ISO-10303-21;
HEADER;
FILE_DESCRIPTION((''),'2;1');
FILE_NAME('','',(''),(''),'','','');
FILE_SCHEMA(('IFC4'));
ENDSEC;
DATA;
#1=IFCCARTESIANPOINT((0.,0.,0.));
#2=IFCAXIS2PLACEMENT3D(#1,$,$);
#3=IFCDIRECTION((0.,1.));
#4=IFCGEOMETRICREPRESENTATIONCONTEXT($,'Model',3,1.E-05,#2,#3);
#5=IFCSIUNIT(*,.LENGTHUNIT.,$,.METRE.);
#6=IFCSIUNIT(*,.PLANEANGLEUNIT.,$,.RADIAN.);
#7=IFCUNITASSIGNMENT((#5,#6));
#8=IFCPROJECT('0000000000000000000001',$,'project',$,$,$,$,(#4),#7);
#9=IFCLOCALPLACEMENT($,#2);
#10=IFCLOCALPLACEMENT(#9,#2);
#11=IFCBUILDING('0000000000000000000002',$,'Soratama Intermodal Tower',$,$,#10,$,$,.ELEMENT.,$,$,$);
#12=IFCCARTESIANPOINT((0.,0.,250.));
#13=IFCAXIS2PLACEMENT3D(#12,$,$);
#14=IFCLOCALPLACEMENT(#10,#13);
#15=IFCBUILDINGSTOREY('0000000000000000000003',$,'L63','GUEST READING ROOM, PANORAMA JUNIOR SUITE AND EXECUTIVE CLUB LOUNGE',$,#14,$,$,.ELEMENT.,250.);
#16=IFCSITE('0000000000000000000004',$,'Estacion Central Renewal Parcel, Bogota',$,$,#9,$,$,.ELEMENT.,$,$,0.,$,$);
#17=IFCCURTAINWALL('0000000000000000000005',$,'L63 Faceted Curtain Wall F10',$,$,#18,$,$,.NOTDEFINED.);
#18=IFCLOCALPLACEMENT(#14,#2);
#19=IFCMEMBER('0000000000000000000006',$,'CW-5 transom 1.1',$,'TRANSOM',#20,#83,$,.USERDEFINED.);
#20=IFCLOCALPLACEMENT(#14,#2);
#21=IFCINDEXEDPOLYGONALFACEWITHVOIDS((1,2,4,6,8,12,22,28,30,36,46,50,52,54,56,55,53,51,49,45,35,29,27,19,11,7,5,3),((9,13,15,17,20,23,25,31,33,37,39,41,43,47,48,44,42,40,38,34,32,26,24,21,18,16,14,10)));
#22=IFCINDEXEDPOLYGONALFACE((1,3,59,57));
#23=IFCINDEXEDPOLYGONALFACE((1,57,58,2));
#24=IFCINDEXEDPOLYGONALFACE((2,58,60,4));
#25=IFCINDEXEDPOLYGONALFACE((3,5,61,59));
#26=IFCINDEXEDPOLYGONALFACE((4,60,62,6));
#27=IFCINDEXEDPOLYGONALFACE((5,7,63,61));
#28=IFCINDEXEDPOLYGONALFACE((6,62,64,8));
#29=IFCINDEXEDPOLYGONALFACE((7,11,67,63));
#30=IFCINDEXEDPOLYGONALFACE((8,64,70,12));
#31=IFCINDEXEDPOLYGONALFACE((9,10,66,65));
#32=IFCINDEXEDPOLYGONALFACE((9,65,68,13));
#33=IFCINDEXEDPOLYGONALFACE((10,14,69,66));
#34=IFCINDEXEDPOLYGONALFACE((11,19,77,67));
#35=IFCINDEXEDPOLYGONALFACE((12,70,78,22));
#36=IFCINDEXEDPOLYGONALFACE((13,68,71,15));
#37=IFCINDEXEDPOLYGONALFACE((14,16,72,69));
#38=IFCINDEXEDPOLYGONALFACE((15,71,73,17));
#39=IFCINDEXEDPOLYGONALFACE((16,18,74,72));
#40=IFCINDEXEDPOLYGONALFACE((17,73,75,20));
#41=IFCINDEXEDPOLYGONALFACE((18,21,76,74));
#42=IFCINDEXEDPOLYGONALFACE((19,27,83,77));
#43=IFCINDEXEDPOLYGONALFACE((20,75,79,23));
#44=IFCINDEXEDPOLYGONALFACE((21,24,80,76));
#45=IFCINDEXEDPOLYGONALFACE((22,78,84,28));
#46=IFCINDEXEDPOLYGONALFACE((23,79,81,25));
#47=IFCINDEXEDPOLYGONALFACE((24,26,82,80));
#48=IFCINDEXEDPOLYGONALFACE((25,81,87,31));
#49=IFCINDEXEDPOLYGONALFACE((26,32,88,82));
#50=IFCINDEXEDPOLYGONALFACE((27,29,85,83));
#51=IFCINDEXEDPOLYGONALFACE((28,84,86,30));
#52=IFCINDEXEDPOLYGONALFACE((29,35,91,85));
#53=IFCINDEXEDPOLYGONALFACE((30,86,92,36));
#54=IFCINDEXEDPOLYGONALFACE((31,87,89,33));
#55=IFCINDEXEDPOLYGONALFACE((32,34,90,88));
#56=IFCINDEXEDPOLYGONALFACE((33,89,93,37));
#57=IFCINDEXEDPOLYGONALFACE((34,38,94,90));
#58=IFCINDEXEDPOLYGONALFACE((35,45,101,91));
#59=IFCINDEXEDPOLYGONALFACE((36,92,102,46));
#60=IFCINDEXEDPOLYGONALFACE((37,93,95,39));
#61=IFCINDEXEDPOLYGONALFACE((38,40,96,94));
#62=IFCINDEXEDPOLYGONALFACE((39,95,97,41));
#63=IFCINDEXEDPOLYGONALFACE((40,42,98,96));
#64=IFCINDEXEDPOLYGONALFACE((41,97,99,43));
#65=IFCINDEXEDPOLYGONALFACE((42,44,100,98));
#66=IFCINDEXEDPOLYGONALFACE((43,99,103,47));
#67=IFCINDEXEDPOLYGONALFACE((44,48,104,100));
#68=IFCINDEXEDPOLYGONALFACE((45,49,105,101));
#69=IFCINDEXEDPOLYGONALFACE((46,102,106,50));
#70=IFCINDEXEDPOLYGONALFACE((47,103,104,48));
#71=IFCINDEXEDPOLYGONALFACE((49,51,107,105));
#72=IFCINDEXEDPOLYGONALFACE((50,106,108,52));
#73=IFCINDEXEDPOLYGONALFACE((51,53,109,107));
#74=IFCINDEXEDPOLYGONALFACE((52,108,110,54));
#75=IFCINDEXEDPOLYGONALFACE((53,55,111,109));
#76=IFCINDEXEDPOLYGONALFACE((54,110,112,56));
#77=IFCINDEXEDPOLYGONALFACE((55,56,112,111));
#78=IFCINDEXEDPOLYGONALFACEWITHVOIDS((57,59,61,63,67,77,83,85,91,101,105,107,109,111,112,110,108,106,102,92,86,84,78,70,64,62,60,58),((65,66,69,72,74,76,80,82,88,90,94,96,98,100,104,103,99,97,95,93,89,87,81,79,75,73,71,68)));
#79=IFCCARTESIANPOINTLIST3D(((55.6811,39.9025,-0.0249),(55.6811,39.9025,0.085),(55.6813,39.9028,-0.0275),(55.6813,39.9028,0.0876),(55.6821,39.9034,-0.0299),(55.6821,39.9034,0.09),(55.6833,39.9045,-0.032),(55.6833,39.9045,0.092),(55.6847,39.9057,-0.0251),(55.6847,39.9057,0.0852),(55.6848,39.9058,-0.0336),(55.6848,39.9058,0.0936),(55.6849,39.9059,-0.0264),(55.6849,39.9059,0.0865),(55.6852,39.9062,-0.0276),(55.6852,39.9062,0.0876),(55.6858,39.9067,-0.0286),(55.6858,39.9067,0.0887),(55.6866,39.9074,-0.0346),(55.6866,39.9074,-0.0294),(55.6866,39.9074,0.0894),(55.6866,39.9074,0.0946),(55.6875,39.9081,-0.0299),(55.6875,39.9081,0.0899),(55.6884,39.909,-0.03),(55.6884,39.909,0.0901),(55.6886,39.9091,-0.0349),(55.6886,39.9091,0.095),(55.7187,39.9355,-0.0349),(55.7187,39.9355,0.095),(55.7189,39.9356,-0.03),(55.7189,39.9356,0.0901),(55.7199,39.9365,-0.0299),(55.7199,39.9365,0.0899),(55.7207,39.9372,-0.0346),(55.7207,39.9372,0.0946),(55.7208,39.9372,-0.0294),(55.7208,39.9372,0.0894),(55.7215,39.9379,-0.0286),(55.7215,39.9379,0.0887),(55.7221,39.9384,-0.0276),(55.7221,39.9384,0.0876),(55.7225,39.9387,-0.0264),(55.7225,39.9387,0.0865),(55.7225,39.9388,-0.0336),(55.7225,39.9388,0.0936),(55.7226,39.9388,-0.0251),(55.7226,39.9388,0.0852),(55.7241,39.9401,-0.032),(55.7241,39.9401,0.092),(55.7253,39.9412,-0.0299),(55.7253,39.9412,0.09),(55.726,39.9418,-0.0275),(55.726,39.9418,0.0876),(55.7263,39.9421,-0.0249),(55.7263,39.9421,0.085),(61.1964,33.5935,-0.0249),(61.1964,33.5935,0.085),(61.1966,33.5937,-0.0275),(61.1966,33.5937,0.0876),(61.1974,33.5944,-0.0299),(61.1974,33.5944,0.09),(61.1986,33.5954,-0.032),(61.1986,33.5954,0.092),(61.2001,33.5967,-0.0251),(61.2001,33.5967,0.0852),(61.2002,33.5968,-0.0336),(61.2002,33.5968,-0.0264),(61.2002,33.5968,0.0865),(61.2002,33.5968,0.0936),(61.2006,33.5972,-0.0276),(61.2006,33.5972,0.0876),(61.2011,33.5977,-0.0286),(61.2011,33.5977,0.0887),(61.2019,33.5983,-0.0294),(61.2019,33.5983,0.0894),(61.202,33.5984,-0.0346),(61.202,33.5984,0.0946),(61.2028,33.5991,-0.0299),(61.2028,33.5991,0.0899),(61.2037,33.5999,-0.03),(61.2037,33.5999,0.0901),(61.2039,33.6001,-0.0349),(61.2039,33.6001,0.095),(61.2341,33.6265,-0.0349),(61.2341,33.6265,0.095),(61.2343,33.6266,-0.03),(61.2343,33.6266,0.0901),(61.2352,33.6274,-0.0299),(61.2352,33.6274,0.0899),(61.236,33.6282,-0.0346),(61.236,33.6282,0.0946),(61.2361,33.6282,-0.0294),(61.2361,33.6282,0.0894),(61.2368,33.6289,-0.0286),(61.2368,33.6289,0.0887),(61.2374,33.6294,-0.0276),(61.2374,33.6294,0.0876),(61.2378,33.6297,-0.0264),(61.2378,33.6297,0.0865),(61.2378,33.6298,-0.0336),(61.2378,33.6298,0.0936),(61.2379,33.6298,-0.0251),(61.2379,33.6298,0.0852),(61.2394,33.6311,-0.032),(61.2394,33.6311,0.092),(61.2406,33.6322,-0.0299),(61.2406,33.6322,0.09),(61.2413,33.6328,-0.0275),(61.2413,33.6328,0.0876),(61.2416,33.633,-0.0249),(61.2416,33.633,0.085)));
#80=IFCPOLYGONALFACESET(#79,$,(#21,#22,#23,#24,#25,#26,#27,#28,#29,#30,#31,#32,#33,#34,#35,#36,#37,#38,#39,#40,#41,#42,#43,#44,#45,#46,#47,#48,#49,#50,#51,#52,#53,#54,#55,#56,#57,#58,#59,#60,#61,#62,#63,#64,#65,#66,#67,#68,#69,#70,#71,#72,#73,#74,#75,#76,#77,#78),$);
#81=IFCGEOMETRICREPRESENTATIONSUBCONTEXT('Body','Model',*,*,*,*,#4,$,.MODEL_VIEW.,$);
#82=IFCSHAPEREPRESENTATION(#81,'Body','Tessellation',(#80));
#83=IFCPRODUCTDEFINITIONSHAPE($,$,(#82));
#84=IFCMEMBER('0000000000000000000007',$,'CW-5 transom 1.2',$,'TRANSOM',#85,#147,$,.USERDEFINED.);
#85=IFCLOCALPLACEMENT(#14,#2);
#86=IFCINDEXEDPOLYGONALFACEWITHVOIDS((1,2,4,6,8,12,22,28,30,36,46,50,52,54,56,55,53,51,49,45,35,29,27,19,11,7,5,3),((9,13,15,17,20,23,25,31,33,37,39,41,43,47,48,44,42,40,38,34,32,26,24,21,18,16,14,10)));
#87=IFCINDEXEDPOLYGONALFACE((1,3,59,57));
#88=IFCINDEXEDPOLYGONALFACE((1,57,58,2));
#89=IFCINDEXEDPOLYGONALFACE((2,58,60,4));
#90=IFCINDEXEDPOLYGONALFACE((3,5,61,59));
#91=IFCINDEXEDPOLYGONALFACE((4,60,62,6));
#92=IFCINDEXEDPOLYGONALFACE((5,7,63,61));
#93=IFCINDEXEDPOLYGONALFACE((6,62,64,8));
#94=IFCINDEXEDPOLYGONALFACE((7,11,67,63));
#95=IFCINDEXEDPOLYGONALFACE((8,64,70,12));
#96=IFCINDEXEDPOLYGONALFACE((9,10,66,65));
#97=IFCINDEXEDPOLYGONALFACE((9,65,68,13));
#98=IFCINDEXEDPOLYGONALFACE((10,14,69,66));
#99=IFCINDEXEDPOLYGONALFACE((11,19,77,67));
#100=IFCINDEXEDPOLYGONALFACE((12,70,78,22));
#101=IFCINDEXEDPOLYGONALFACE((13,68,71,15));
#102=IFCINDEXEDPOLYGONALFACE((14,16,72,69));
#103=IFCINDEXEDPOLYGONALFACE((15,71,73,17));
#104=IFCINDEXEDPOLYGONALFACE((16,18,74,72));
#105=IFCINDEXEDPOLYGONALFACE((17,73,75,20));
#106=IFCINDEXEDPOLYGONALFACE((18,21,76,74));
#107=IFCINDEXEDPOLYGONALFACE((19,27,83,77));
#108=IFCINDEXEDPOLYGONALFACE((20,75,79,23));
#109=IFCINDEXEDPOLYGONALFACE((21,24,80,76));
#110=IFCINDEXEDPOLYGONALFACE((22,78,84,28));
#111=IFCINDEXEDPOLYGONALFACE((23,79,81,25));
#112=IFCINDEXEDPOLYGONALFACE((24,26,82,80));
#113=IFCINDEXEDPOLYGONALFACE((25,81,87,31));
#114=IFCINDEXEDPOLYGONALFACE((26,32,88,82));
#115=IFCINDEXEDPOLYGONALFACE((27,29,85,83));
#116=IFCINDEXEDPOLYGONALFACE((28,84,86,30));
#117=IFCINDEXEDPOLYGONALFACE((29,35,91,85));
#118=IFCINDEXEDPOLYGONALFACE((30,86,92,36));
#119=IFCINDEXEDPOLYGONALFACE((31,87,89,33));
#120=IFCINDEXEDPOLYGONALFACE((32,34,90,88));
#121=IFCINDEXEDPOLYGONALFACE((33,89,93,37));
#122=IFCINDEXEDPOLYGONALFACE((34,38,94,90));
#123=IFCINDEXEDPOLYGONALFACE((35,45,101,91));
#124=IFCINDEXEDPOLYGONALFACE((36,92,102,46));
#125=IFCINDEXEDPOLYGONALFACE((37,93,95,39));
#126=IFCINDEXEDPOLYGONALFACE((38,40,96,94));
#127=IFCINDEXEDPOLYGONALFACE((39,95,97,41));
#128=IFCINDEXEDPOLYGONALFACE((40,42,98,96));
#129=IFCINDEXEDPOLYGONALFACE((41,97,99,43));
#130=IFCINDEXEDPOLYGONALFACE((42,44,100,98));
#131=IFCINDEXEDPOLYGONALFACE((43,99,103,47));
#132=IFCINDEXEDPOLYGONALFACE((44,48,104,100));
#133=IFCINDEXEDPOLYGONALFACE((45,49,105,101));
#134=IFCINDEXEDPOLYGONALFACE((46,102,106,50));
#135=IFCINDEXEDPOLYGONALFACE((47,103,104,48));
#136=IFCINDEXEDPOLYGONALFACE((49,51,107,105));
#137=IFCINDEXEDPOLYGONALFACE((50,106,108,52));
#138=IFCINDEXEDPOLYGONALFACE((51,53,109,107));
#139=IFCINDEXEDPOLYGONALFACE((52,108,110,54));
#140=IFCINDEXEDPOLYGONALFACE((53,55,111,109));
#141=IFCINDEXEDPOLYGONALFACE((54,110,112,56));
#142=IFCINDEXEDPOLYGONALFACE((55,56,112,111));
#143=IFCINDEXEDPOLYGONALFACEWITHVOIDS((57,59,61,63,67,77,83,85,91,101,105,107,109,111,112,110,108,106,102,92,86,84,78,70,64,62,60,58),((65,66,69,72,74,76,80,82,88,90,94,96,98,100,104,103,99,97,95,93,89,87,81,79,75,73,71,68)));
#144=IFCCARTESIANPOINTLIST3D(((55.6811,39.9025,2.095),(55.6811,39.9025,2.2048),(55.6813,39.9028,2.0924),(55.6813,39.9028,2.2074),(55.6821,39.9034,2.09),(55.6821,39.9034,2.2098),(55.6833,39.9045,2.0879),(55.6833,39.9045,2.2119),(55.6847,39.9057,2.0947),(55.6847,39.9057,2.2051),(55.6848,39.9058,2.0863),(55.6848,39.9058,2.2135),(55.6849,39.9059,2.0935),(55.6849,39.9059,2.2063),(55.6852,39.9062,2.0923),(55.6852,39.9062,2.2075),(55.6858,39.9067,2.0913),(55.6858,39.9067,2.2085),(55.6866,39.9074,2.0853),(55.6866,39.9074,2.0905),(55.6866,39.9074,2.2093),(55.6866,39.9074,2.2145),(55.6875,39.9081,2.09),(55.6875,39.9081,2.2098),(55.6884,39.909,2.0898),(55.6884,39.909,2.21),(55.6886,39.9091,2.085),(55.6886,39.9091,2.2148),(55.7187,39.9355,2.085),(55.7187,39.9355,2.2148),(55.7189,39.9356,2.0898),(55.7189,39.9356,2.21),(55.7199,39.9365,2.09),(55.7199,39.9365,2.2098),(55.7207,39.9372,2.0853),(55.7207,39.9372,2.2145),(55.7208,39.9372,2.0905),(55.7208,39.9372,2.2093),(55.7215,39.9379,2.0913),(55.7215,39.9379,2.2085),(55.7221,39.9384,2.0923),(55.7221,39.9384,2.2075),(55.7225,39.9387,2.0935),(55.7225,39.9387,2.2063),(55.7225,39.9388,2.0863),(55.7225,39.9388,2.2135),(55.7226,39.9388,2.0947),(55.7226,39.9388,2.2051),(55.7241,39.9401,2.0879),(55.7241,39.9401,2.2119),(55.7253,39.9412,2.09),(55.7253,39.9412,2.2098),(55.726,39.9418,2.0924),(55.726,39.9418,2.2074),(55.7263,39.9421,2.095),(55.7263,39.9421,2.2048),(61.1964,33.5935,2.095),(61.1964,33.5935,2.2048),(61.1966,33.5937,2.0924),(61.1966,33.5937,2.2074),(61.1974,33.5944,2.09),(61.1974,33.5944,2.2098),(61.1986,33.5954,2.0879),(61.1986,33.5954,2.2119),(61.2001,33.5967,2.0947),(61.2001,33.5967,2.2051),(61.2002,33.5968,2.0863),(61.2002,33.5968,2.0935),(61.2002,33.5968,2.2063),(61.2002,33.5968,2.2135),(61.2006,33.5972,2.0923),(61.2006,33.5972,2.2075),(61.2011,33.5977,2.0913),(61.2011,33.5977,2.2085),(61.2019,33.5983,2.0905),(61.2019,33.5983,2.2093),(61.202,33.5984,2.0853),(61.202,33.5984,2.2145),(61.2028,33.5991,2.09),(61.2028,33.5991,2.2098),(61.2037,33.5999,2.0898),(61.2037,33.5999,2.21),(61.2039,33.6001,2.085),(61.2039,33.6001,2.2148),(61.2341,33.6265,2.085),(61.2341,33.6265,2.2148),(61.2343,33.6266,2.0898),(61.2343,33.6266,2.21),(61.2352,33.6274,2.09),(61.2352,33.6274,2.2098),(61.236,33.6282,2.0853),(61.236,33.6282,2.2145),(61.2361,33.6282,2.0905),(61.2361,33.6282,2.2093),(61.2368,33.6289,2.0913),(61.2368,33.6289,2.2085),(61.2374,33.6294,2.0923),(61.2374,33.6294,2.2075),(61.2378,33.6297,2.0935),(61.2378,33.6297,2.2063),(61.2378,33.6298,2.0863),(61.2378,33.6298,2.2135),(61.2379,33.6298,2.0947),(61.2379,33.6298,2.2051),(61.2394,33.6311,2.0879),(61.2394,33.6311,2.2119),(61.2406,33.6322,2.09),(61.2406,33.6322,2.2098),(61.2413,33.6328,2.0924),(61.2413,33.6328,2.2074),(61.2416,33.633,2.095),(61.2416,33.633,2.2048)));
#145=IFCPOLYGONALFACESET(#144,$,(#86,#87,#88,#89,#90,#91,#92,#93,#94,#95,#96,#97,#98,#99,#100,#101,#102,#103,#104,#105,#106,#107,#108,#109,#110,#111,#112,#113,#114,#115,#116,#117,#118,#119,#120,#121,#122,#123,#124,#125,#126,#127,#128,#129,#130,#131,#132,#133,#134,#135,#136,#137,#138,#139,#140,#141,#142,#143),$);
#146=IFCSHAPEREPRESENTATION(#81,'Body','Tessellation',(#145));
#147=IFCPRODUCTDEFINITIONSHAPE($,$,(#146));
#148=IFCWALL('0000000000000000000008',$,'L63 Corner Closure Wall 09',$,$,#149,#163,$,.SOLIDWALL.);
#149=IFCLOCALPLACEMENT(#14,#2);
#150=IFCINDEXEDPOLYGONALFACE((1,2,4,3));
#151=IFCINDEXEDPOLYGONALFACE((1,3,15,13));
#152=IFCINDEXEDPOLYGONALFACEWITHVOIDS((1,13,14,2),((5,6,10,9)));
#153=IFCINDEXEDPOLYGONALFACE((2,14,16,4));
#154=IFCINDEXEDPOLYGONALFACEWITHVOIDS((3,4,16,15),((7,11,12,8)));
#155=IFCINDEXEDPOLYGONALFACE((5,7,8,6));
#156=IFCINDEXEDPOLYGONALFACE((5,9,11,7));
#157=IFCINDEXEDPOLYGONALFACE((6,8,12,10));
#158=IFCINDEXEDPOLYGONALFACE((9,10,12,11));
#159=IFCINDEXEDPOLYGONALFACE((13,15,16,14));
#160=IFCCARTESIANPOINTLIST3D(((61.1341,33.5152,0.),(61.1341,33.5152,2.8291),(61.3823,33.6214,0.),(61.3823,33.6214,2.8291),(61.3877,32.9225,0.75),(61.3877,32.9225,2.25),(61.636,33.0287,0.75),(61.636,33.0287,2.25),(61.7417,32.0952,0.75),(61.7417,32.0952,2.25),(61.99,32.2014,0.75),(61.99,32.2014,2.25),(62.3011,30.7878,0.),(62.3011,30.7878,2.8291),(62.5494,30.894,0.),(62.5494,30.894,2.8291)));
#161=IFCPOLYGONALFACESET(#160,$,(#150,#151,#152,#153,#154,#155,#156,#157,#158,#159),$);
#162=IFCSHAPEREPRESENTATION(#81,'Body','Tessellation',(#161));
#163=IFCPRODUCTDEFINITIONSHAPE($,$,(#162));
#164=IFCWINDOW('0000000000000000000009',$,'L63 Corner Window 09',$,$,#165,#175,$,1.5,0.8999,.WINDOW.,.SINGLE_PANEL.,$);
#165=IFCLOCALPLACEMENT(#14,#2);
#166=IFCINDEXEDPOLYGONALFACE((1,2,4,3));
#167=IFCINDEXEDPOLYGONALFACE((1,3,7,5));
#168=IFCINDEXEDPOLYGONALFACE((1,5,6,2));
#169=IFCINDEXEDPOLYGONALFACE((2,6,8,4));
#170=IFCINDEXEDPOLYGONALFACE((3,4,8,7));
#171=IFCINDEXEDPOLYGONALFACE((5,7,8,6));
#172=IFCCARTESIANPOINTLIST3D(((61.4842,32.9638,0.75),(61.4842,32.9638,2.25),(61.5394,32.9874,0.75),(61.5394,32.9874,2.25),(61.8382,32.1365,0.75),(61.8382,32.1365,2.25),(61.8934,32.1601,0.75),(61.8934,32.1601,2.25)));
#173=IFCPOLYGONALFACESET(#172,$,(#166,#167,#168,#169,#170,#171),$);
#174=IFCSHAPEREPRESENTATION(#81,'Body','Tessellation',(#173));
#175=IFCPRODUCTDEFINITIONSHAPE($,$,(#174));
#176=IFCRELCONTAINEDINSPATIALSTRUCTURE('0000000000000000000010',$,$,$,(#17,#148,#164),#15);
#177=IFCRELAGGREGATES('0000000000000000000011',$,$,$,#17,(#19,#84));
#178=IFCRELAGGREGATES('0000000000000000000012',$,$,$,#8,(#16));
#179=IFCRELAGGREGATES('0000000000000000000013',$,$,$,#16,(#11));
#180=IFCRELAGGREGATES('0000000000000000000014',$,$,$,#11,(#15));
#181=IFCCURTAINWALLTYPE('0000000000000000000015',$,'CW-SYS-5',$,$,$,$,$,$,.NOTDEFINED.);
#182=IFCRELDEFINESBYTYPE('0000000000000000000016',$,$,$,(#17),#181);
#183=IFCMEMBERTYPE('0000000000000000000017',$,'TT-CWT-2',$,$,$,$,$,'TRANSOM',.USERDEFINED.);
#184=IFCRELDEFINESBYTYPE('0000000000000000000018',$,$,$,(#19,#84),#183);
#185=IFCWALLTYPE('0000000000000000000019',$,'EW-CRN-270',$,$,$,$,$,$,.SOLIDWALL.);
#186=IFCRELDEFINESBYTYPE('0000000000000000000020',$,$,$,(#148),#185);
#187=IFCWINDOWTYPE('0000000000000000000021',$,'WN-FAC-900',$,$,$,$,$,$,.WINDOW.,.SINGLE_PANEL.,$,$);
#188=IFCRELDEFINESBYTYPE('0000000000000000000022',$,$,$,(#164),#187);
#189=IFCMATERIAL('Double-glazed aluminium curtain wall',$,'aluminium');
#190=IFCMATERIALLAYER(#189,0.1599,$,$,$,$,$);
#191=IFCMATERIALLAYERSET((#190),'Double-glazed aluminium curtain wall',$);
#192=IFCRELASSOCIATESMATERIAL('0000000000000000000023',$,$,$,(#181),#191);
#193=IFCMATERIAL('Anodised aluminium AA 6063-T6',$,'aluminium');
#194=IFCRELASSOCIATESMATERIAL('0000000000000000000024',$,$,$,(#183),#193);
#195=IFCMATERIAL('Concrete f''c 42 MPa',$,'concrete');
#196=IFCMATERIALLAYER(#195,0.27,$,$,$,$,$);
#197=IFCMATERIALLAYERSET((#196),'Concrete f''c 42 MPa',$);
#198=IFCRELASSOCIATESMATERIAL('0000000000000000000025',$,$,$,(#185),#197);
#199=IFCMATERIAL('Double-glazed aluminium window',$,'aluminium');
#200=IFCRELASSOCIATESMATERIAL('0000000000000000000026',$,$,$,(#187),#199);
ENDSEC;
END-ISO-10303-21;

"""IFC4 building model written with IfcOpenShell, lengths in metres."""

from ifc_helpers import new_model, si_unit, direction, frame, frame_2d, origin, origin_2d, place, context, subcontext, project, spatial, rectangle, hollow_rectangle, extrude, material, layer, layer_set, material_profile, profile_set, type_object, element, fill, aggregate, save


model = new_model("IFC4")

# Units and contexts
model_context = context("Model", 3, precision=1e-05, world=origin(), true_north=direction((0.0, 1.0)))
body_context = subcontext(model_context, "Body", "Model", "MODEL_VIEW")
ifc_project = project(units=[si_unit("LENGTHUNIT", "METRE"), si_unit("PLANEANGLEUNIT", "RADIAN")], contexts=[model_context])

# Site, building, storey
site_placement = place(None, origin())
site = spatial("IfcSite", under=ifc_project, at=site_placement, Name="Estacion Central Renewal Parcel, Bogota", CompositionType="ELEMENT", RefElevation=0.0)
building_placement = place(site_placement, origin())
building = spatial("IfcBuilding", under=site, at=building_placement, Name="Soratama Intermodal Tower", CompositionType="ELEMENT")
storey_placement = place(building_placement, frame((0.0, 0.0, 250.0)))
storey = spatial("IfcBuildingStorey", under=building, at=storey_placement, Name="L63", Description="GUEST READING ROOM, PANORAMA JUNIOR SUITE AND EXECUTIVE CLUB LOUNGE", CompositionType="ELEMENT", Elevation=250.0)

# Curtain wall, members
ifc_material_1 = material(Name="Double-glazed aluminium curtain wall", Category="aluminium")
ifc_layer_1 = layer(ifc_material_1, 0.1599)
ifc_layer_set_1 = layer_set([ifc_layer_1], Name="Double-glazed aluminium curtain wall")
curtain_wall_type = type_object("IfcCurtainWallType", Name="CW-SYS-5", PredefinedType="NOTDEFINED", material=ifc_layer_set_1)
curtain_wall_placement = place(storey_placement, origin())
curtain_wall = element("IfcCurtainWall", 1, at=curtain_wall_placement, inside=storey, type_object=curtain_wall_type, Name="L63 Faceted Curtain Wall F10", PredefinedType="NOTDEFINED")
ifc_material_2 = material(Name="Anodised aluminium AA 6063-T6", Category="aluminium")
ifc_material_profile_1 = material_profile(ifc_material_2, hollow_rectangle(XDim=0.0601, YDim=0.1299, WallThickness=0.0049, InnerFilletRadius=0.0049, OuterFilletRadius=0.01, at=origin_2d()), Name="CWT130X60X5")
ifc_profile_set_1 = profile_set([ifc_material_profile_1], Name="Anodised aluminium AA 6063-T6")
member_type_1 = type_object("IfcMemberType", Name="TT-CWT-2", ElementType="TRANSOM", PredefinedType="USERDEFINED", material=ifc_profile_set_1)
member_1_placement = place(storey_placement, frame((61.219, 33.6133, 0.03), z_axis=(-0.658162, 0.752876, 0.0), x_axis=(-0.752876, -0.658162, 0.0)))
member_1 = element("IfcMember", 2, at=member_1_placement, type_object=member_type_1, Name="CW-5 transom 1.1", ObjectType="TRANSOM", PredefinedType="USERDEFINED", context=body_context, shape_type="SweptSolid", body=[
    extrude(hollow_rectangle(XDim=0.0601, YDim=0.1299, WallThickness=0.0049, InnerFilletRadius=0.0049, OuterFilletRadius=0.01, at=origin_2d()), origin(), (0.0, 0.0, 1.0), 8.3799),
])
member_2_placement = place(storey_placement, frame((61.219, 33.6133, 2.1499), z_axis=(-0.658162, 0.752876, 0.0), x_axis=(-0.752876, -0.658162, 0.0)))
member_2 = element("IfcMember", 3, at=member_2_placement, type_object=member_type_1, Name="CW-5 transom 1.2", ObjectType="TRANSOM", PredefinedType="USERDEFINED", context=body_context, shape_type="SweptSolid", body=[
    extrude(hollow_rectangle(XDim=0.0601, YDim=0.1299, WallThickness=0.0049, InnerFilletRadius=0.0049, OuterFilletRadius=0.01, at=origin_2d()), origin(), (0.0, 0.0, 1.0), 8.3799),
])
aggregate(curtain_wall, [member_1, member_2])

# Wall, opening, window
ifc_material_3 = material(Name="Concrete f'c 42 MPa", Category="concrete")
ifc_layer_2 = layer(ifc_material_3, 0.27)
ifc_layer_set_2 = layer_set([ifc_layer_2], Name="Concrete f'c 42 MPa")
wall_type_1 = type_object("IfcWallType", Name="EW-CRN-270", PredefinedType="SOLIDWALL", material=ifc_layer_set_2)
wall_1_placement = place(storey_placement, frame((62.4253, 30.8408, 0.0), z_axis=(0.0, 0.0, 1.0), x_axis=(-0.393393, 0.91937, 0.0)))
wall_1 = element("IfcWall", 4, at=wall_1_placement, inside=storey, type_object=wall_type_1, Name="L63 Corner Closure Wall 09", PredefinedType="SOLIDWALL", context=body_context, shape_type="SweptSolid", body=[
    extrude(rectangle(XDim=2.9666, YDim=0.27, at=frame_2d((1.4834, 0.0))), origin(), (0.0, 0.0, 1.0), 2.8291),
])
opening_1_placement = place(wall_1_placement, frame((1.4221, 0.0, 0.75)))
opening_1 = element("IfcOpeningElement", 5, at=opening_1_placement, cuts=wall_1, PredefinedType="OPENING", context=body_context, shape_type="SweptSolid", body=[
    extrude(rectangle(XDim=0.8999, YDim=1.5, at=frame_2d((0.45, 0.75))), frame((0.0, 0.145, 0.0), z_axis=(0.0, -1.0, 0.0), x_axis=(1.0, 0.0, 0.0)), (0.0, 0.0, 1.0), 0.29),
])
ifc_material_4 = material(Name="Double-glazed aluminium window", Category="aluminium")
window_type = type_object("IfcWindowType", Name="WN-FAC-900", PartitioningType="SINGLE_PANEL", PredefinedType="WINDOW", material=ifc_material_4)
window_placement = place(opening_1_placement, origin())
window = element("IfcWindow", 6, at=window_placement, inside=storey, type_object=window_type, Name="L63 Corner Window 09", OverallHeight=1.5, OverallWidth=0.8999, PartitioningType="SINGLE_PANEL", PredefinedType="WINDOW", context=body_context, shape_type="SweptSolid", body=[
    extrude(rectangle(XDim=0.8999, YDim=1.5, at=frame_2d((0.45, 0.75))), frame((0.0, 0.03, 0.0), z_axis=(0.0, -1.0, 0.0), x_axis=(1.0, 0.0, 0.0)), (0.0, 0.0, 1.0), 0.0601),
])
fill(opening_1, window)

save(model, "model.ifc")
